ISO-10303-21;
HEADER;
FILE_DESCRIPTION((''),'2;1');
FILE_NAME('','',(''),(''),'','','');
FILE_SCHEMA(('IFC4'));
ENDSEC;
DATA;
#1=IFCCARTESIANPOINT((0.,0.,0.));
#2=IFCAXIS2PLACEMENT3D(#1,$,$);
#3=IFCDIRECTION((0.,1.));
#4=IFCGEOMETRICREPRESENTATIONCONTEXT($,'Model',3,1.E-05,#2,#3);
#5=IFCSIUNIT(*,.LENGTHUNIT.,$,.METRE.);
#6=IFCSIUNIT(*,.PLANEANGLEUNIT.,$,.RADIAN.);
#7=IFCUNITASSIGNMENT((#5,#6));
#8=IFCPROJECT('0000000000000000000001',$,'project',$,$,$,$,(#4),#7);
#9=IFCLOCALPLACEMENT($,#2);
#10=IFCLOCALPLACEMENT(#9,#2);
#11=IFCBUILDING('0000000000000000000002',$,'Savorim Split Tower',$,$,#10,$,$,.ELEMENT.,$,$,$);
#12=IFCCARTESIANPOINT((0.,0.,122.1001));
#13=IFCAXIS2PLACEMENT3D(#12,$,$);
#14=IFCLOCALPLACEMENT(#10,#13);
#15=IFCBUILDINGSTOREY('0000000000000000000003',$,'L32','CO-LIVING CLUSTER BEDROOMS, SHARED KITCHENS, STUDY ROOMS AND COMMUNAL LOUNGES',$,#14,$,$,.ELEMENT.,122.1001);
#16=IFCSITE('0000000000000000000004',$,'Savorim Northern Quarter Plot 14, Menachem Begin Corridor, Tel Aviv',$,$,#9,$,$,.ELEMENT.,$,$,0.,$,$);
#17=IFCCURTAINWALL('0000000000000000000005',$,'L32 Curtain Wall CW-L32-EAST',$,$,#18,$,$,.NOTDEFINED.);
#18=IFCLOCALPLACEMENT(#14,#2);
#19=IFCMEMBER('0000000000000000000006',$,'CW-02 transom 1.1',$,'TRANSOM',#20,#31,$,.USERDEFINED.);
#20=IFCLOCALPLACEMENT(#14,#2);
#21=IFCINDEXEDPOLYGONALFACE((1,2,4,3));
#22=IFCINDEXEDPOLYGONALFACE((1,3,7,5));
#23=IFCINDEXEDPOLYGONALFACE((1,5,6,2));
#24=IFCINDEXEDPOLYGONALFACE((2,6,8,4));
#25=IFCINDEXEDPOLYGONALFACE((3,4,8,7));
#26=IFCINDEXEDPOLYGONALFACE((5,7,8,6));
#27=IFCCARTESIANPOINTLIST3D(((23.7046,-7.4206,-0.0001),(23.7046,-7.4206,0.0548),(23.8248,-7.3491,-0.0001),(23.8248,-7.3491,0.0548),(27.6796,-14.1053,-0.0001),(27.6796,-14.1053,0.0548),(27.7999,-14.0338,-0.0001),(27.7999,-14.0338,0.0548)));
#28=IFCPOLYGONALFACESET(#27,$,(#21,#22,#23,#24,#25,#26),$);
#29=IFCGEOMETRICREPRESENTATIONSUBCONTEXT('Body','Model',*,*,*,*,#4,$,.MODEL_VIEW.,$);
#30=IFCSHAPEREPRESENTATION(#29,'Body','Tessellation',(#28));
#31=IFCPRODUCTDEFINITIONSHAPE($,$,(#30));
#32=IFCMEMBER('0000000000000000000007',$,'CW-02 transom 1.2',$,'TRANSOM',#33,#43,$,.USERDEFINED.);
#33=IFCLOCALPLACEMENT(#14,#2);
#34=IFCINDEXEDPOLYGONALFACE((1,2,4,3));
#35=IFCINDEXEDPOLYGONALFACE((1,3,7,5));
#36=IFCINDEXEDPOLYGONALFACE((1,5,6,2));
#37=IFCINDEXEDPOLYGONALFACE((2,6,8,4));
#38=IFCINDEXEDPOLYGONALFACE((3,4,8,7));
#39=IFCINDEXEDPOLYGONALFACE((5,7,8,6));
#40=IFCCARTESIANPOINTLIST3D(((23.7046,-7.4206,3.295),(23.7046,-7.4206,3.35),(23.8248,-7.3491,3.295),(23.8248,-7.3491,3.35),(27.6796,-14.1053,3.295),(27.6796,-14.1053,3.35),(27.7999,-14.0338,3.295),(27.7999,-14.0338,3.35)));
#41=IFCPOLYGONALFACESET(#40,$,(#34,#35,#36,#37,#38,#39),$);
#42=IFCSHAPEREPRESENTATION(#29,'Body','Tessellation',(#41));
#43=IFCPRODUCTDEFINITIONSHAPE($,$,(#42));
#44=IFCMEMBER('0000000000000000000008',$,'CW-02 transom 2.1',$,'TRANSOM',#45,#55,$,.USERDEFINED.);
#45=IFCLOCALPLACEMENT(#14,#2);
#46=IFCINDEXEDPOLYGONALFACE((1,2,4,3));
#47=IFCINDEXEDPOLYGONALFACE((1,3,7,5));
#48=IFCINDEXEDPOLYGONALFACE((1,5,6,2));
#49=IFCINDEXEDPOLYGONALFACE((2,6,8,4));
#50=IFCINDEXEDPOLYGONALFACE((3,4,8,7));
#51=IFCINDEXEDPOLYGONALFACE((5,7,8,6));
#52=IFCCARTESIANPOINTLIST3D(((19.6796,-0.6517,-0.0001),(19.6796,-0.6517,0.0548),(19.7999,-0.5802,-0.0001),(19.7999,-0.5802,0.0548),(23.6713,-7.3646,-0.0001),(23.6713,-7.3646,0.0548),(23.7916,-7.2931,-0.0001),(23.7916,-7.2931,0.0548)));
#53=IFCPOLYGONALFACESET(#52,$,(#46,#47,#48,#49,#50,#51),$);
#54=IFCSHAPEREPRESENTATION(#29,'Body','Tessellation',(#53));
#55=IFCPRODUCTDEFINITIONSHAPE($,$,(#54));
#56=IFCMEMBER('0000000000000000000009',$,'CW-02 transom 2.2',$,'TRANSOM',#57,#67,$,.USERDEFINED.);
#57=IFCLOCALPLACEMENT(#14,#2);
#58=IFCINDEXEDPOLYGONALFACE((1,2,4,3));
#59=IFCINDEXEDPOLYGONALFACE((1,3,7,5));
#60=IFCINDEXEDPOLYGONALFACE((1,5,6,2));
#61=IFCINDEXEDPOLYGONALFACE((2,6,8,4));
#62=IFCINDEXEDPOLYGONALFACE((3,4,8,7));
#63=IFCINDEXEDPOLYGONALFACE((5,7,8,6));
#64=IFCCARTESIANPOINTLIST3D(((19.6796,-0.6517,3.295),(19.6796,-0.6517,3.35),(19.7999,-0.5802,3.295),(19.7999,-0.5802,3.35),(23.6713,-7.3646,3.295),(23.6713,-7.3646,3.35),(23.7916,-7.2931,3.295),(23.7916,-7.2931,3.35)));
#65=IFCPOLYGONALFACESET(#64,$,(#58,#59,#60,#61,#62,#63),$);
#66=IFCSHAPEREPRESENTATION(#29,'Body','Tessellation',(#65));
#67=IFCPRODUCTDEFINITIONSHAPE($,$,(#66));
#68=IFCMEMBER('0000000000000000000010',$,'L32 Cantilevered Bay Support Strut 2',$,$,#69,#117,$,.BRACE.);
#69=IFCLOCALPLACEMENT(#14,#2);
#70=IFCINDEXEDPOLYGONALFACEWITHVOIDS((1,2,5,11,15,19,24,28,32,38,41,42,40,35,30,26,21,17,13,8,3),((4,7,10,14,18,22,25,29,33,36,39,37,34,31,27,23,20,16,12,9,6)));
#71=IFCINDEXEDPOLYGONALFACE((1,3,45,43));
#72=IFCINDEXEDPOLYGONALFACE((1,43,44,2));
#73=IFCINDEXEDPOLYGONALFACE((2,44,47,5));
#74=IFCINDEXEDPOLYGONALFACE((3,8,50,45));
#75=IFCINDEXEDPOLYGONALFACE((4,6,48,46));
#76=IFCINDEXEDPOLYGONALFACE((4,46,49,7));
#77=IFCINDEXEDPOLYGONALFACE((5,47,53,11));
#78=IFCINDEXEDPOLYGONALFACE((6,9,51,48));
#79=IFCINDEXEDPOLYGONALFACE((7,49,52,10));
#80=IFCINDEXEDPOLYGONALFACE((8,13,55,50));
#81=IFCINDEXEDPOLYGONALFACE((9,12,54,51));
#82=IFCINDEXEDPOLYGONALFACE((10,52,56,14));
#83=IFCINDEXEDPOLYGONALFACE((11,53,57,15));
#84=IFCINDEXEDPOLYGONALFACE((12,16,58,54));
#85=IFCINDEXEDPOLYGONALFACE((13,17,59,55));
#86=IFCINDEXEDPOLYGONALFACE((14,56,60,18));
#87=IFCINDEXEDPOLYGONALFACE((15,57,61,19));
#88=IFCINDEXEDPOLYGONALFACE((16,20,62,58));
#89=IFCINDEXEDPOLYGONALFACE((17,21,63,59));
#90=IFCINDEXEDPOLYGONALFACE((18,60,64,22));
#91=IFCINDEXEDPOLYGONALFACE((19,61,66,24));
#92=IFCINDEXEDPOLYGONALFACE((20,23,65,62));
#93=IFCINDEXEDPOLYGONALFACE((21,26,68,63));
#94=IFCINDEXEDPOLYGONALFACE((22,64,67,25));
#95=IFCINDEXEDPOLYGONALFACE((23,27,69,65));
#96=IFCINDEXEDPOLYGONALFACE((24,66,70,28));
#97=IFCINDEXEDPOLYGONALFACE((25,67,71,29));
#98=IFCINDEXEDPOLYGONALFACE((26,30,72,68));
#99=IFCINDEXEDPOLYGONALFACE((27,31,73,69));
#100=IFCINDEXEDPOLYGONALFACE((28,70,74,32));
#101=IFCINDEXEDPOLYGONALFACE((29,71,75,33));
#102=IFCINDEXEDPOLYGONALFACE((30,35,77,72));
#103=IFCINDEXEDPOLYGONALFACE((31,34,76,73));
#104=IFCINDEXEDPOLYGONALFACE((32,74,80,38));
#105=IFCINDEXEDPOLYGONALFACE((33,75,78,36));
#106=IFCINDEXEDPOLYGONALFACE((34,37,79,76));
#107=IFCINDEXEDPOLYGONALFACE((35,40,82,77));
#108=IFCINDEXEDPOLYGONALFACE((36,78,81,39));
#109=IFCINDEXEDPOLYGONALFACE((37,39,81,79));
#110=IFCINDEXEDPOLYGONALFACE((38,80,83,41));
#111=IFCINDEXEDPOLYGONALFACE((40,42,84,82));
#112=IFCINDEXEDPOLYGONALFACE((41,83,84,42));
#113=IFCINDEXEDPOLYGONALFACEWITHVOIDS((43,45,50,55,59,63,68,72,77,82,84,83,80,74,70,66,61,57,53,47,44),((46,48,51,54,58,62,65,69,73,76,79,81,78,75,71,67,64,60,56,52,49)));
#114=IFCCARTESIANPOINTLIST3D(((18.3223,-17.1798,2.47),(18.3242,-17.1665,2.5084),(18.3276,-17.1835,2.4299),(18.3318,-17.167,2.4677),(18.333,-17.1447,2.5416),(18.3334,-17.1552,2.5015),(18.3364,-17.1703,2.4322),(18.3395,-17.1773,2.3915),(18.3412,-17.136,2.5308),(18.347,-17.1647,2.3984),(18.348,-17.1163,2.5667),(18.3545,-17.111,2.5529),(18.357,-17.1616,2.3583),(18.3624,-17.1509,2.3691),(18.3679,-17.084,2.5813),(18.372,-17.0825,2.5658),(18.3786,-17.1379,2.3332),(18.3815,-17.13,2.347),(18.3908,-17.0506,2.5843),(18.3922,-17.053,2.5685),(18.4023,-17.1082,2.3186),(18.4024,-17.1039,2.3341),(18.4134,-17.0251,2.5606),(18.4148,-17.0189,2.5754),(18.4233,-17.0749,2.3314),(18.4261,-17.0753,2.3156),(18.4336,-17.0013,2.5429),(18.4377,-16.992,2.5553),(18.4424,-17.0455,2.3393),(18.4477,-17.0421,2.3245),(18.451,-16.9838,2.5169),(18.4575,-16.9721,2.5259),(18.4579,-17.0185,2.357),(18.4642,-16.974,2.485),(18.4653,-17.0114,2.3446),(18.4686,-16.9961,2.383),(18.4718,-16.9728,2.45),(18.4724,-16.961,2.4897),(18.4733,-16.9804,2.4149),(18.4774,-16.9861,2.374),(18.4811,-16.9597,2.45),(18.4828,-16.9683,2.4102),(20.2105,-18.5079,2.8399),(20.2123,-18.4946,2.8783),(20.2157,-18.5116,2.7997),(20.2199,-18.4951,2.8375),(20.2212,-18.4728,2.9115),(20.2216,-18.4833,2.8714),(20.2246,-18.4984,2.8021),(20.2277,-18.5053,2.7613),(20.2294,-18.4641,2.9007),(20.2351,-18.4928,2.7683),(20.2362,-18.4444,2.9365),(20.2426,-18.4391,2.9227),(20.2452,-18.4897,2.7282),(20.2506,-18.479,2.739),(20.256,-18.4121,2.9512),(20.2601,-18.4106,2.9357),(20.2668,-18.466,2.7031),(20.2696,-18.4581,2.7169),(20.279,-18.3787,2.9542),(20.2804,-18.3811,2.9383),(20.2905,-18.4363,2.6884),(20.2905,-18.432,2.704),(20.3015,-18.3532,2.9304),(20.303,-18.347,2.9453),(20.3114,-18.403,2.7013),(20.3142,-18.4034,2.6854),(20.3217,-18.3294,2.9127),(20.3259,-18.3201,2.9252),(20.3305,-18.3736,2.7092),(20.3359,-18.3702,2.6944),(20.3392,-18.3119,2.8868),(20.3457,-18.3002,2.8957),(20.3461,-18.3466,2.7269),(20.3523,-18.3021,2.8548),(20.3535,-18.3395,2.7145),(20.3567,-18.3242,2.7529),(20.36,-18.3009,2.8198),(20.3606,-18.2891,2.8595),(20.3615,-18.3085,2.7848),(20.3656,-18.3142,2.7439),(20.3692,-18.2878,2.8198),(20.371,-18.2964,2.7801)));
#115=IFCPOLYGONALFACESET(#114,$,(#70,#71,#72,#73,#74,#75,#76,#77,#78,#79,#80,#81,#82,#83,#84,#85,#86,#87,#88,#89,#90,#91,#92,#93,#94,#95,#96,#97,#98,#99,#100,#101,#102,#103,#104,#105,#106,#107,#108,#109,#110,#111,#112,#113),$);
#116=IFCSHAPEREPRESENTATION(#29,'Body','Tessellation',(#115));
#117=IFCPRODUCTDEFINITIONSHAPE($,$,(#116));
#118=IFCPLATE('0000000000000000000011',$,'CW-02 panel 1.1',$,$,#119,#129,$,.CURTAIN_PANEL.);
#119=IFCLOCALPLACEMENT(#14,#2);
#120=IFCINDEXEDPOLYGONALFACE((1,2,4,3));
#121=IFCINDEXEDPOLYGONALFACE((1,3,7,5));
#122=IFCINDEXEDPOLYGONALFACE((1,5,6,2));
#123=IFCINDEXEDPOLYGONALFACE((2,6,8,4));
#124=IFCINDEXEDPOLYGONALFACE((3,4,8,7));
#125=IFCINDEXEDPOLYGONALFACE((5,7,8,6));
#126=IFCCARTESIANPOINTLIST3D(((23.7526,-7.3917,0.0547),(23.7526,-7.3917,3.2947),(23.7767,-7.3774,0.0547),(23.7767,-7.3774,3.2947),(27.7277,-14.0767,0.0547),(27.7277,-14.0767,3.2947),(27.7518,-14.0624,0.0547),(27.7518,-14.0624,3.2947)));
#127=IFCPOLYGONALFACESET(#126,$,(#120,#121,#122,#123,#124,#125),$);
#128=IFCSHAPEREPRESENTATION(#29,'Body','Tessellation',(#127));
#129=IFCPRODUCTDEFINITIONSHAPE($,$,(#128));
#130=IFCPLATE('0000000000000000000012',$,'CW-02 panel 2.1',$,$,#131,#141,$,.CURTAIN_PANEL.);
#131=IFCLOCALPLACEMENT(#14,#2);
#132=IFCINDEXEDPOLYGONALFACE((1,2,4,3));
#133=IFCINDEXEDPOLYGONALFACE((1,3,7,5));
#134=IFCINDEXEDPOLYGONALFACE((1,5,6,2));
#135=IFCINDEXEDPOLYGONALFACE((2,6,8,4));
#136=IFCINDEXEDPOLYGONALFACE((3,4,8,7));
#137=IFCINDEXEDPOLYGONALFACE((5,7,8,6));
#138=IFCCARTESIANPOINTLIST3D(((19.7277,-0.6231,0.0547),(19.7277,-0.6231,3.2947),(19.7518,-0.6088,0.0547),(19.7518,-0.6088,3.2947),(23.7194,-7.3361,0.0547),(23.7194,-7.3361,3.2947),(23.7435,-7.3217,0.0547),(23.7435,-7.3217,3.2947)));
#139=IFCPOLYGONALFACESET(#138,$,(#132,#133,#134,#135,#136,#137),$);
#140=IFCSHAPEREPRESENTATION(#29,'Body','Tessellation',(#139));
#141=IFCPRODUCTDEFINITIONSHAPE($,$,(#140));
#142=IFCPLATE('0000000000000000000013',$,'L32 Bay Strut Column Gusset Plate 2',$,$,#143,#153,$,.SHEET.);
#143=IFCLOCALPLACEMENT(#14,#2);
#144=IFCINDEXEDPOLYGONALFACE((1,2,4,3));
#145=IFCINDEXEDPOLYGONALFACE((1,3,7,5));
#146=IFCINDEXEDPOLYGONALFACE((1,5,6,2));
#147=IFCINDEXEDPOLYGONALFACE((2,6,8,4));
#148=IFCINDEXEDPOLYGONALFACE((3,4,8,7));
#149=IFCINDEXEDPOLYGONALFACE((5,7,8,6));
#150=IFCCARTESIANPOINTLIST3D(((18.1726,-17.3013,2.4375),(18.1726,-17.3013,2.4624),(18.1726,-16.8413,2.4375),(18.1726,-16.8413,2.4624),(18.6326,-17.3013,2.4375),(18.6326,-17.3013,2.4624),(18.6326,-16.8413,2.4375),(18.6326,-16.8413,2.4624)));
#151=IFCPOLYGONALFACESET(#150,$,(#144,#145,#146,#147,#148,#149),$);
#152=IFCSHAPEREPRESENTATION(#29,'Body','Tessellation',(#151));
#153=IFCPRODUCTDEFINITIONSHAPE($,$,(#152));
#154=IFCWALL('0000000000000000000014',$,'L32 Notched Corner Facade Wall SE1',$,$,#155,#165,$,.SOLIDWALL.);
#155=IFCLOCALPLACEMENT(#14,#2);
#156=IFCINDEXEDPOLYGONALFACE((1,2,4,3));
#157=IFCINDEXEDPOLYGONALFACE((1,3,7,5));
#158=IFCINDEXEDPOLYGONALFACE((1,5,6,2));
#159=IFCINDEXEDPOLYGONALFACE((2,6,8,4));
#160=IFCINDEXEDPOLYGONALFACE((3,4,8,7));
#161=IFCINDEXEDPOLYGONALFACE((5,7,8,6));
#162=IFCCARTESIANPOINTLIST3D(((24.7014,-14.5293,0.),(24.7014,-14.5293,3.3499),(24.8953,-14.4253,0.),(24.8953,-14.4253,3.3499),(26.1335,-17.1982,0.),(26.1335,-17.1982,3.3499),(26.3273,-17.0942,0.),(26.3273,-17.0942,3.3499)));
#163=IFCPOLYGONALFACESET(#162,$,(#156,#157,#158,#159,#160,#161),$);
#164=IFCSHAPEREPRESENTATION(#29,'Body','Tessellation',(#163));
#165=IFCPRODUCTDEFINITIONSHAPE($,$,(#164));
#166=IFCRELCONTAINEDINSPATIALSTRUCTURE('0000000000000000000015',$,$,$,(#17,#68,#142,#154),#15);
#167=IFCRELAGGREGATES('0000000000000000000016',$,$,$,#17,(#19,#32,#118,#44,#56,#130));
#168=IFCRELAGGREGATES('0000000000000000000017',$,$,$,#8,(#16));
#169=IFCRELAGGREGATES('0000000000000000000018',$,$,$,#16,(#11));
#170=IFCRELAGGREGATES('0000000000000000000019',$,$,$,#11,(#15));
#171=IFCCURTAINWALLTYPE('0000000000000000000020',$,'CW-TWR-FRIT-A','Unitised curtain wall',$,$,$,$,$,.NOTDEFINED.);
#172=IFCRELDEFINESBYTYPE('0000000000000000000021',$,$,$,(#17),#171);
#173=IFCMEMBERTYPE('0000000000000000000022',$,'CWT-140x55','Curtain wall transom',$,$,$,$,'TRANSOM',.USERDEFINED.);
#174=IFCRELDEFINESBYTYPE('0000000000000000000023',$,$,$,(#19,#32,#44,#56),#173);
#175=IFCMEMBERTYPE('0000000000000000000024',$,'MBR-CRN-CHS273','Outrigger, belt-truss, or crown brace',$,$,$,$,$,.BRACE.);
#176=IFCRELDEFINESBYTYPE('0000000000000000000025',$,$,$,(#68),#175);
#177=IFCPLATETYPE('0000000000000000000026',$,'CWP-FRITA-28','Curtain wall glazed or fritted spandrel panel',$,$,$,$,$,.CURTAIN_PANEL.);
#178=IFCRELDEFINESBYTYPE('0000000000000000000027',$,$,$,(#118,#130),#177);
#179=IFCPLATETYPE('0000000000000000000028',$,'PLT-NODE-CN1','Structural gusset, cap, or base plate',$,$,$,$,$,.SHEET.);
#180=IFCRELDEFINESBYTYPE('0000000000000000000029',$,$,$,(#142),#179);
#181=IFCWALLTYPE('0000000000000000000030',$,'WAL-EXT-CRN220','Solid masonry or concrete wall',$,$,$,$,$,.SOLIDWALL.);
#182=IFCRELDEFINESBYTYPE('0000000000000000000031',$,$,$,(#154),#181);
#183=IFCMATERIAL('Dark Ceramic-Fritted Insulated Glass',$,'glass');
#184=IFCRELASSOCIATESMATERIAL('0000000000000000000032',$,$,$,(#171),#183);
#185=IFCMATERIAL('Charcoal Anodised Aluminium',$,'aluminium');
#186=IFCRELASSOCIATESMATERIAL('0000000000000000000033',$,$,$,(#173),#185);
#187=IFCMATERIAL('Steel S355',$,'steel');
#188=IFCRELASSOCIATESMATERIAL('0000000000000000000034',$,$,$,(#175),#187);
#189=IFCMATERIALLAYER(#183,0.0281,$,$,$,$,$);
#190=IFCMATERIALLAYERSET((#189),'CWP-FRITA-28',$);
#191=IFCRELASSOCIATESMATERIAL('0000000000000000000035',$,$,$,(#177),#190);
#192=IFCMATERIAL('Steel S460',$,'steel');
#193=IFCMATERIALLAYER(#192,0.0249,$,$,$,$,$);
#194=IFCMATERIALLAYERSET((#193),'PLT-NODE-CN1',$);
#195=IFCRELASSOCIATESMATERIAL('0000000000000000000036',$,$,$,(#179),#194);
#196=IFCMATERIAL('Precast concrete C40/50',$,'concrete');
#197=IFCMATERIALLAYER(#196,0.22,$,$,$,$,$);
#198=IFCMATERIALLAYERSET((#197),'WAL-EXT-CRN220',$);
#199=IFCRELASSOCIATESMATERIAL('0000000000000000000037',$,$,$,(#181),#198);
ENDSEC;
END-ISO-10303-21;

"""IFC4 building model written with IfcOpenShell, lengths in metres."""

from ifc_helpers import new_model, si_unit, direction, frame, frame_2d, origin, origin_2d, place, context, subcontext, project, spatial, rectangle, hollow_circle, extrude, material, layer, layer_set, material_profile, profile_set, type_object, element, aggregate, save


model = new_model("IFC4")

# Units and contexts
model_context = context("Model", 3, precision=1e-05, world=origin(), true_north=direction((0.0, 1.0)))
body_context = subcontext(model_context, "Body", "Model", "MODEL_VIEW")
ifc_project = project(units=[si_unit("LENGTHUNIT", "METRE"), si_unit("PLANEANGLEUNIT", "RADIAN")], contexts=[model_context])

# Site, building, storey
site_placement = place(None, origin())
site = spatial("IfcSite", under=ifc_project, at=site_placement, Name="Savorim Northern Quarter Plot 14, Menachem Begin Corridor, Tel Aviv", CompositionType="ELEMENT", RefElevation=0.0)
building_placement = place(site_placement, origin())
building = spatial("IfcBuilding", under=site, at=building_placement, Name="Savorim Split Tower", CompositionType="ELEMENT")
storey_placement = place(building_placement, frame((0.0, 0.0, 122.1001)))
storey = spatial("IfcBuildingStorey", under=building, at=storey_placement, Name="L32", Description="CO-LIVING CLUSTER BEDROOMS, SHARED KITCHENS, STUDY ROOMS AND COMMUNAL LOUNGES", CompositionType="ELEMENT", Elevation=122.1001)

# Shared definitions
ifc_material_1 = material(Name="Steel S460", Category="steel")

# Shared definitions
ifc_material_2 = material(Name="Steel S355", Category="steel")

# Shared definitions
ifc_material_3 = material(Name="Dark Ceramic-Fritted Insulated Glass", Category="glass")
curtain_wall_type = type_object("IfcCurtainWallType", Name="CW-TWR-FRIT-A", Description="Unitised curtain wall", PredefinedType="NOTDEFINED", material=ifc_material_3)
ifc_material_4 = material(Name="Charcoal Anodised Aluminium", Category="aluminium")

# Curtain wall, members
curtain_wall_1_placement = place(storey_placement, origin())
curtain_wall_1 = element("IfcCurtainWall", 1, at=curtain_wall_1_placement, inside=storey, type_object=curtain_wall_type, Name="L32 Curtain Wall CW-L32-EAST", PredefinedType="NOTDEFINED")
ifc_material_profile_1 = material_profile(ifc_material_4, rectangle(XDim=0.1399, YDim=0.0549, at=origin_2d()), Name="ALU-T 140x55")
ifc_profile_set_1 = profile_set([ifc_material_profile_1], Name="Charcoal Anodised Aluminium")
member_type_1 = type_object("IfcMemberType", Name="CWT-140x55", Description="Curtain wall transom", ElementType="TRANSOM", PredefinedType="USERDEFINED", material=ifc_profile_set_1)
member_1_placement = place(storey_placement, frame((27.7397, -14.0696, 0.0273), z_axis=(-0.511108, 0.859517, 0.0), x_axis=(-0.859517, -0.511108, 0.0)))
member_1 = element("IfcMember", 2, at=member_1_placement, type_object=member_type_1, Name="CW-02 transom 1.1", ObjectType="TRANSOM", PredefinedType="USERDEFINED", context=body_context, shape_type="SweptSolid", body=[
    extrude(rectangle(XDim=0.1399, YDim=0.0549, at=origin_2d()), origin(), (0.0, 0.0, 1.0), 7.7773),
])
member_2_placement = place(storey_placement, frame((27.7397, -14.0696, 3.3225), z_axis=(-0.511108, 0.859517, 0.0), x_axis=(-0.859517, -0.511108, 0.0)))
member_2 = element("IfcMember", 3, at=member_2_placement, type_object=member_type_1, Name="CW-02 transom 1.2", ObjectType="TRANSOM", PredefinedType="USERDEFINED", context=body_context, shape_type="SweptSolid", body=[
    extrude(rectangle(XDim=0.1399, YDim=0.0549, at=origin_2d()), origin(), (0.0, 0.0, 1.0), 7.7773),
])
member_3_placement = place(storey_placement, frame((23.7314, -7.3289, 0.0273), z_axis=(-0.511099, 0.859522, 0.0), x_axis=(-0.859522, -0.511099, 0.0)))
member_3 = element("IfcMember", 4, at=member_3_placement, type_object=member_type_1, Name="CW-02 transom 2.1", ObjectType="TRANSOM", PredefinedType="USERDEFINED", context=body_context, shape_type="SweptSolid", body=[
    extrude(rectangle(XDim=0.1399, YDim=0.0549, at=origin_2d()), origin(), (0.0, 0.0, 1.0), 7.8101),
])
member_4_placement = place(storey_placement, frame((23.7314, -7.3289, 3.3225), z_axis=(-0.511099, 0.859522, 0.0), x_axis=(-0.859522, -0.511099, 0.0)))
member_4 = element("IfcMember", 5, at=member_4_placement, type_object=member_type_1, Name="CW-02 transom 2.2", ObjectType="TRANSOM", PredefinedType="USERDEFINED", context=body_context, shape_type="SweptSolid", body=[
    extrude(rectangle(XDim=0.1399, YDim=0.0549, at=origin_2d()), origin(), (0.0, 0.0, 1.0), 7.8101),
])

# Member
ifc_material_profile_2 = material_profile(ifc_material_2, hollow_circle(Radius=0.1365, WallThickness=0.0161, at=origin_2d()), Name="CHS 273x16")
ifc_profile_set_2 = profile_set([ifc_material_profile_2], Name="Steel S355")
member_type_2 = type_object("IfcMemberType", Name="MBR-CRN-CHS273", Description="Outrigger, belt-truss, or crown brace", PredefinedType="BRACE", material=ifc_profile_set_2)
member_5_placement = place(storey_placement, frame((18.4026, -17.0713, 2.45), z_axis=(0.807627, -0.568075, 0.158205), x_axis=(0.57532, 0.817928, 0.0)))
element("IfcMember", 6, at=member_5_placement, inside=storey, type_object=member_type_2, Name="L32 Cantilevered Bay Support Strut 2", PredefinedType="BRACE", context=body_context, shape_type="SweptSolid", body=[
    extrude(hollow_circle(Radius=0.1365, WallThickness=0.0161, at=origin_2d()), origin(), (0.0, 0.0, 1.0), 2.3379),
])

# Plates
ifc_layer_1 = layer(ifc_material_3, 0.0281)
ifc_layer_set_1 = layer_set([ifc_layer_1], Name="CWP-FRITA-28")
plate_type_1 = type_object("IfcPlateType", Name="CWP-FRITA-28", Description="Curtain wall glazed or fritted spandrel panel", PredefinedType="CURTAIN_PANEL", material=ifc_layer_set_1)
plate_1_placement = place(storey_placement, frame((25.7522, -10.7271, 0.0547), z_axis=(0.0, 0.0, 1.0), x_axis=(-0.511093, 0.859525, 0.0)))
plate_1 = element("IfcPlate", 7, at=plate_1_placement, type_object=plate_type_1, Name="CW-02 panel 1.1", PredefinedType="CURTAIN_PANEL", context=body_context, shape_type="SweptSolid", body=[
    extrude(rectangle(XDim=7.7776, YDim=0.0281, at=origin_2d()), origin(), (0.0, 0.0, 1.0), 3.24),
])
plate_2_placement = place(storey_placement, frame((21.7356, -3.9724, 0.0547), z_axis=(0.0, 0.0, 1.0), x_axis=(-0.511093, 0.859525, 0.0)))
plate_2 = element("IfcPlate", 8, at=plate_2_placement, type_object=plate_type_1, Name="CW-02 panel 2.1", PredefinedType="CURTAIN_PANEL", context=body_context, shape_type="SweptSolid", body=[
    extrude(rectangle(XDim=7.8101, YDim=0.0281, at=origin_2d()), origin(), (0.0, 0.0, 1.0), 3.24),
])
aggregate(curtain_wall_1, [member_1, member_2, plate_1, member_3, member_4, plate_2])
ifc_layer_2 = layer(ifc_material_1, 0.0249)
ifc_layer_set_2 = layer_set([ifc_layer_2], Name="PLT-NODE-CN1")
plate_type_2 = type_object("IfcPlateType", Name="PLT-NODE-CN1", Description="Structural gusset, cap, or base plate", PredefinedType="SHEET", material=ifc_layer_set_2)
plate_3_placement = place(storey_placement, frame((18.4026, -17.0713, 2.4375), z_axis=(0.0, 0.0, 1.0), x_axis=(1.0, 0.0, 0.0)))
element("IfcPlate", 9, at=plate_3_placement, inside=storey, type_object=plate_type_2, Name="L32 Bay Strut Column Gusset Plate 2", PredefinedType="SHEET", context=body_context, shape_type="SweptSolid", body=[
    extrude(rectangle(XDim=0.46, YDim=0.46, at=origin_2d()), origin(), (0.0, 0.0, 1.0), 0.0249),
])

# Wall
ifc_material_5 = material(Name="Precast concrete C40/50", Category="concrete")
ifc_layer_3 = layer(ifc_material_5, 0.22)
ifc_layer_set_3 = layer_set([ifc_layer_3], Name="WAL-EXT-CRN220")
wall_type = type_object("IfcWallType", Name="WAL-EXT-CRN220", Description="Solid masonry or concrete wall", PredefinedType="SOLIDWALL", material=ifc_layer_set_3)
wall_1_placement = place(storey_placement, frame((24.7983, -14.4773, 0.0), z_axis=(0.0, 0.0, 1.0), x_axis=(0.472821, -0.881159, 0.0)))
element("IfcWall", 10, at=wall_1_placement, inside=storey, type_object=wall_type, Name="L32 Notched Corner Facade Wall SE1", PredefinedType="SOLIDWALL", context=body_context, shape_type="SweptSolid", body=[
    extrude(rectangle(XDim=3.0288, YDim=0.22, at=frame_2d((1.5144, 0.0))), origin(), (0.0, 0.0, 1.0), 3.3499),
])

save(model, "model.ifc")
